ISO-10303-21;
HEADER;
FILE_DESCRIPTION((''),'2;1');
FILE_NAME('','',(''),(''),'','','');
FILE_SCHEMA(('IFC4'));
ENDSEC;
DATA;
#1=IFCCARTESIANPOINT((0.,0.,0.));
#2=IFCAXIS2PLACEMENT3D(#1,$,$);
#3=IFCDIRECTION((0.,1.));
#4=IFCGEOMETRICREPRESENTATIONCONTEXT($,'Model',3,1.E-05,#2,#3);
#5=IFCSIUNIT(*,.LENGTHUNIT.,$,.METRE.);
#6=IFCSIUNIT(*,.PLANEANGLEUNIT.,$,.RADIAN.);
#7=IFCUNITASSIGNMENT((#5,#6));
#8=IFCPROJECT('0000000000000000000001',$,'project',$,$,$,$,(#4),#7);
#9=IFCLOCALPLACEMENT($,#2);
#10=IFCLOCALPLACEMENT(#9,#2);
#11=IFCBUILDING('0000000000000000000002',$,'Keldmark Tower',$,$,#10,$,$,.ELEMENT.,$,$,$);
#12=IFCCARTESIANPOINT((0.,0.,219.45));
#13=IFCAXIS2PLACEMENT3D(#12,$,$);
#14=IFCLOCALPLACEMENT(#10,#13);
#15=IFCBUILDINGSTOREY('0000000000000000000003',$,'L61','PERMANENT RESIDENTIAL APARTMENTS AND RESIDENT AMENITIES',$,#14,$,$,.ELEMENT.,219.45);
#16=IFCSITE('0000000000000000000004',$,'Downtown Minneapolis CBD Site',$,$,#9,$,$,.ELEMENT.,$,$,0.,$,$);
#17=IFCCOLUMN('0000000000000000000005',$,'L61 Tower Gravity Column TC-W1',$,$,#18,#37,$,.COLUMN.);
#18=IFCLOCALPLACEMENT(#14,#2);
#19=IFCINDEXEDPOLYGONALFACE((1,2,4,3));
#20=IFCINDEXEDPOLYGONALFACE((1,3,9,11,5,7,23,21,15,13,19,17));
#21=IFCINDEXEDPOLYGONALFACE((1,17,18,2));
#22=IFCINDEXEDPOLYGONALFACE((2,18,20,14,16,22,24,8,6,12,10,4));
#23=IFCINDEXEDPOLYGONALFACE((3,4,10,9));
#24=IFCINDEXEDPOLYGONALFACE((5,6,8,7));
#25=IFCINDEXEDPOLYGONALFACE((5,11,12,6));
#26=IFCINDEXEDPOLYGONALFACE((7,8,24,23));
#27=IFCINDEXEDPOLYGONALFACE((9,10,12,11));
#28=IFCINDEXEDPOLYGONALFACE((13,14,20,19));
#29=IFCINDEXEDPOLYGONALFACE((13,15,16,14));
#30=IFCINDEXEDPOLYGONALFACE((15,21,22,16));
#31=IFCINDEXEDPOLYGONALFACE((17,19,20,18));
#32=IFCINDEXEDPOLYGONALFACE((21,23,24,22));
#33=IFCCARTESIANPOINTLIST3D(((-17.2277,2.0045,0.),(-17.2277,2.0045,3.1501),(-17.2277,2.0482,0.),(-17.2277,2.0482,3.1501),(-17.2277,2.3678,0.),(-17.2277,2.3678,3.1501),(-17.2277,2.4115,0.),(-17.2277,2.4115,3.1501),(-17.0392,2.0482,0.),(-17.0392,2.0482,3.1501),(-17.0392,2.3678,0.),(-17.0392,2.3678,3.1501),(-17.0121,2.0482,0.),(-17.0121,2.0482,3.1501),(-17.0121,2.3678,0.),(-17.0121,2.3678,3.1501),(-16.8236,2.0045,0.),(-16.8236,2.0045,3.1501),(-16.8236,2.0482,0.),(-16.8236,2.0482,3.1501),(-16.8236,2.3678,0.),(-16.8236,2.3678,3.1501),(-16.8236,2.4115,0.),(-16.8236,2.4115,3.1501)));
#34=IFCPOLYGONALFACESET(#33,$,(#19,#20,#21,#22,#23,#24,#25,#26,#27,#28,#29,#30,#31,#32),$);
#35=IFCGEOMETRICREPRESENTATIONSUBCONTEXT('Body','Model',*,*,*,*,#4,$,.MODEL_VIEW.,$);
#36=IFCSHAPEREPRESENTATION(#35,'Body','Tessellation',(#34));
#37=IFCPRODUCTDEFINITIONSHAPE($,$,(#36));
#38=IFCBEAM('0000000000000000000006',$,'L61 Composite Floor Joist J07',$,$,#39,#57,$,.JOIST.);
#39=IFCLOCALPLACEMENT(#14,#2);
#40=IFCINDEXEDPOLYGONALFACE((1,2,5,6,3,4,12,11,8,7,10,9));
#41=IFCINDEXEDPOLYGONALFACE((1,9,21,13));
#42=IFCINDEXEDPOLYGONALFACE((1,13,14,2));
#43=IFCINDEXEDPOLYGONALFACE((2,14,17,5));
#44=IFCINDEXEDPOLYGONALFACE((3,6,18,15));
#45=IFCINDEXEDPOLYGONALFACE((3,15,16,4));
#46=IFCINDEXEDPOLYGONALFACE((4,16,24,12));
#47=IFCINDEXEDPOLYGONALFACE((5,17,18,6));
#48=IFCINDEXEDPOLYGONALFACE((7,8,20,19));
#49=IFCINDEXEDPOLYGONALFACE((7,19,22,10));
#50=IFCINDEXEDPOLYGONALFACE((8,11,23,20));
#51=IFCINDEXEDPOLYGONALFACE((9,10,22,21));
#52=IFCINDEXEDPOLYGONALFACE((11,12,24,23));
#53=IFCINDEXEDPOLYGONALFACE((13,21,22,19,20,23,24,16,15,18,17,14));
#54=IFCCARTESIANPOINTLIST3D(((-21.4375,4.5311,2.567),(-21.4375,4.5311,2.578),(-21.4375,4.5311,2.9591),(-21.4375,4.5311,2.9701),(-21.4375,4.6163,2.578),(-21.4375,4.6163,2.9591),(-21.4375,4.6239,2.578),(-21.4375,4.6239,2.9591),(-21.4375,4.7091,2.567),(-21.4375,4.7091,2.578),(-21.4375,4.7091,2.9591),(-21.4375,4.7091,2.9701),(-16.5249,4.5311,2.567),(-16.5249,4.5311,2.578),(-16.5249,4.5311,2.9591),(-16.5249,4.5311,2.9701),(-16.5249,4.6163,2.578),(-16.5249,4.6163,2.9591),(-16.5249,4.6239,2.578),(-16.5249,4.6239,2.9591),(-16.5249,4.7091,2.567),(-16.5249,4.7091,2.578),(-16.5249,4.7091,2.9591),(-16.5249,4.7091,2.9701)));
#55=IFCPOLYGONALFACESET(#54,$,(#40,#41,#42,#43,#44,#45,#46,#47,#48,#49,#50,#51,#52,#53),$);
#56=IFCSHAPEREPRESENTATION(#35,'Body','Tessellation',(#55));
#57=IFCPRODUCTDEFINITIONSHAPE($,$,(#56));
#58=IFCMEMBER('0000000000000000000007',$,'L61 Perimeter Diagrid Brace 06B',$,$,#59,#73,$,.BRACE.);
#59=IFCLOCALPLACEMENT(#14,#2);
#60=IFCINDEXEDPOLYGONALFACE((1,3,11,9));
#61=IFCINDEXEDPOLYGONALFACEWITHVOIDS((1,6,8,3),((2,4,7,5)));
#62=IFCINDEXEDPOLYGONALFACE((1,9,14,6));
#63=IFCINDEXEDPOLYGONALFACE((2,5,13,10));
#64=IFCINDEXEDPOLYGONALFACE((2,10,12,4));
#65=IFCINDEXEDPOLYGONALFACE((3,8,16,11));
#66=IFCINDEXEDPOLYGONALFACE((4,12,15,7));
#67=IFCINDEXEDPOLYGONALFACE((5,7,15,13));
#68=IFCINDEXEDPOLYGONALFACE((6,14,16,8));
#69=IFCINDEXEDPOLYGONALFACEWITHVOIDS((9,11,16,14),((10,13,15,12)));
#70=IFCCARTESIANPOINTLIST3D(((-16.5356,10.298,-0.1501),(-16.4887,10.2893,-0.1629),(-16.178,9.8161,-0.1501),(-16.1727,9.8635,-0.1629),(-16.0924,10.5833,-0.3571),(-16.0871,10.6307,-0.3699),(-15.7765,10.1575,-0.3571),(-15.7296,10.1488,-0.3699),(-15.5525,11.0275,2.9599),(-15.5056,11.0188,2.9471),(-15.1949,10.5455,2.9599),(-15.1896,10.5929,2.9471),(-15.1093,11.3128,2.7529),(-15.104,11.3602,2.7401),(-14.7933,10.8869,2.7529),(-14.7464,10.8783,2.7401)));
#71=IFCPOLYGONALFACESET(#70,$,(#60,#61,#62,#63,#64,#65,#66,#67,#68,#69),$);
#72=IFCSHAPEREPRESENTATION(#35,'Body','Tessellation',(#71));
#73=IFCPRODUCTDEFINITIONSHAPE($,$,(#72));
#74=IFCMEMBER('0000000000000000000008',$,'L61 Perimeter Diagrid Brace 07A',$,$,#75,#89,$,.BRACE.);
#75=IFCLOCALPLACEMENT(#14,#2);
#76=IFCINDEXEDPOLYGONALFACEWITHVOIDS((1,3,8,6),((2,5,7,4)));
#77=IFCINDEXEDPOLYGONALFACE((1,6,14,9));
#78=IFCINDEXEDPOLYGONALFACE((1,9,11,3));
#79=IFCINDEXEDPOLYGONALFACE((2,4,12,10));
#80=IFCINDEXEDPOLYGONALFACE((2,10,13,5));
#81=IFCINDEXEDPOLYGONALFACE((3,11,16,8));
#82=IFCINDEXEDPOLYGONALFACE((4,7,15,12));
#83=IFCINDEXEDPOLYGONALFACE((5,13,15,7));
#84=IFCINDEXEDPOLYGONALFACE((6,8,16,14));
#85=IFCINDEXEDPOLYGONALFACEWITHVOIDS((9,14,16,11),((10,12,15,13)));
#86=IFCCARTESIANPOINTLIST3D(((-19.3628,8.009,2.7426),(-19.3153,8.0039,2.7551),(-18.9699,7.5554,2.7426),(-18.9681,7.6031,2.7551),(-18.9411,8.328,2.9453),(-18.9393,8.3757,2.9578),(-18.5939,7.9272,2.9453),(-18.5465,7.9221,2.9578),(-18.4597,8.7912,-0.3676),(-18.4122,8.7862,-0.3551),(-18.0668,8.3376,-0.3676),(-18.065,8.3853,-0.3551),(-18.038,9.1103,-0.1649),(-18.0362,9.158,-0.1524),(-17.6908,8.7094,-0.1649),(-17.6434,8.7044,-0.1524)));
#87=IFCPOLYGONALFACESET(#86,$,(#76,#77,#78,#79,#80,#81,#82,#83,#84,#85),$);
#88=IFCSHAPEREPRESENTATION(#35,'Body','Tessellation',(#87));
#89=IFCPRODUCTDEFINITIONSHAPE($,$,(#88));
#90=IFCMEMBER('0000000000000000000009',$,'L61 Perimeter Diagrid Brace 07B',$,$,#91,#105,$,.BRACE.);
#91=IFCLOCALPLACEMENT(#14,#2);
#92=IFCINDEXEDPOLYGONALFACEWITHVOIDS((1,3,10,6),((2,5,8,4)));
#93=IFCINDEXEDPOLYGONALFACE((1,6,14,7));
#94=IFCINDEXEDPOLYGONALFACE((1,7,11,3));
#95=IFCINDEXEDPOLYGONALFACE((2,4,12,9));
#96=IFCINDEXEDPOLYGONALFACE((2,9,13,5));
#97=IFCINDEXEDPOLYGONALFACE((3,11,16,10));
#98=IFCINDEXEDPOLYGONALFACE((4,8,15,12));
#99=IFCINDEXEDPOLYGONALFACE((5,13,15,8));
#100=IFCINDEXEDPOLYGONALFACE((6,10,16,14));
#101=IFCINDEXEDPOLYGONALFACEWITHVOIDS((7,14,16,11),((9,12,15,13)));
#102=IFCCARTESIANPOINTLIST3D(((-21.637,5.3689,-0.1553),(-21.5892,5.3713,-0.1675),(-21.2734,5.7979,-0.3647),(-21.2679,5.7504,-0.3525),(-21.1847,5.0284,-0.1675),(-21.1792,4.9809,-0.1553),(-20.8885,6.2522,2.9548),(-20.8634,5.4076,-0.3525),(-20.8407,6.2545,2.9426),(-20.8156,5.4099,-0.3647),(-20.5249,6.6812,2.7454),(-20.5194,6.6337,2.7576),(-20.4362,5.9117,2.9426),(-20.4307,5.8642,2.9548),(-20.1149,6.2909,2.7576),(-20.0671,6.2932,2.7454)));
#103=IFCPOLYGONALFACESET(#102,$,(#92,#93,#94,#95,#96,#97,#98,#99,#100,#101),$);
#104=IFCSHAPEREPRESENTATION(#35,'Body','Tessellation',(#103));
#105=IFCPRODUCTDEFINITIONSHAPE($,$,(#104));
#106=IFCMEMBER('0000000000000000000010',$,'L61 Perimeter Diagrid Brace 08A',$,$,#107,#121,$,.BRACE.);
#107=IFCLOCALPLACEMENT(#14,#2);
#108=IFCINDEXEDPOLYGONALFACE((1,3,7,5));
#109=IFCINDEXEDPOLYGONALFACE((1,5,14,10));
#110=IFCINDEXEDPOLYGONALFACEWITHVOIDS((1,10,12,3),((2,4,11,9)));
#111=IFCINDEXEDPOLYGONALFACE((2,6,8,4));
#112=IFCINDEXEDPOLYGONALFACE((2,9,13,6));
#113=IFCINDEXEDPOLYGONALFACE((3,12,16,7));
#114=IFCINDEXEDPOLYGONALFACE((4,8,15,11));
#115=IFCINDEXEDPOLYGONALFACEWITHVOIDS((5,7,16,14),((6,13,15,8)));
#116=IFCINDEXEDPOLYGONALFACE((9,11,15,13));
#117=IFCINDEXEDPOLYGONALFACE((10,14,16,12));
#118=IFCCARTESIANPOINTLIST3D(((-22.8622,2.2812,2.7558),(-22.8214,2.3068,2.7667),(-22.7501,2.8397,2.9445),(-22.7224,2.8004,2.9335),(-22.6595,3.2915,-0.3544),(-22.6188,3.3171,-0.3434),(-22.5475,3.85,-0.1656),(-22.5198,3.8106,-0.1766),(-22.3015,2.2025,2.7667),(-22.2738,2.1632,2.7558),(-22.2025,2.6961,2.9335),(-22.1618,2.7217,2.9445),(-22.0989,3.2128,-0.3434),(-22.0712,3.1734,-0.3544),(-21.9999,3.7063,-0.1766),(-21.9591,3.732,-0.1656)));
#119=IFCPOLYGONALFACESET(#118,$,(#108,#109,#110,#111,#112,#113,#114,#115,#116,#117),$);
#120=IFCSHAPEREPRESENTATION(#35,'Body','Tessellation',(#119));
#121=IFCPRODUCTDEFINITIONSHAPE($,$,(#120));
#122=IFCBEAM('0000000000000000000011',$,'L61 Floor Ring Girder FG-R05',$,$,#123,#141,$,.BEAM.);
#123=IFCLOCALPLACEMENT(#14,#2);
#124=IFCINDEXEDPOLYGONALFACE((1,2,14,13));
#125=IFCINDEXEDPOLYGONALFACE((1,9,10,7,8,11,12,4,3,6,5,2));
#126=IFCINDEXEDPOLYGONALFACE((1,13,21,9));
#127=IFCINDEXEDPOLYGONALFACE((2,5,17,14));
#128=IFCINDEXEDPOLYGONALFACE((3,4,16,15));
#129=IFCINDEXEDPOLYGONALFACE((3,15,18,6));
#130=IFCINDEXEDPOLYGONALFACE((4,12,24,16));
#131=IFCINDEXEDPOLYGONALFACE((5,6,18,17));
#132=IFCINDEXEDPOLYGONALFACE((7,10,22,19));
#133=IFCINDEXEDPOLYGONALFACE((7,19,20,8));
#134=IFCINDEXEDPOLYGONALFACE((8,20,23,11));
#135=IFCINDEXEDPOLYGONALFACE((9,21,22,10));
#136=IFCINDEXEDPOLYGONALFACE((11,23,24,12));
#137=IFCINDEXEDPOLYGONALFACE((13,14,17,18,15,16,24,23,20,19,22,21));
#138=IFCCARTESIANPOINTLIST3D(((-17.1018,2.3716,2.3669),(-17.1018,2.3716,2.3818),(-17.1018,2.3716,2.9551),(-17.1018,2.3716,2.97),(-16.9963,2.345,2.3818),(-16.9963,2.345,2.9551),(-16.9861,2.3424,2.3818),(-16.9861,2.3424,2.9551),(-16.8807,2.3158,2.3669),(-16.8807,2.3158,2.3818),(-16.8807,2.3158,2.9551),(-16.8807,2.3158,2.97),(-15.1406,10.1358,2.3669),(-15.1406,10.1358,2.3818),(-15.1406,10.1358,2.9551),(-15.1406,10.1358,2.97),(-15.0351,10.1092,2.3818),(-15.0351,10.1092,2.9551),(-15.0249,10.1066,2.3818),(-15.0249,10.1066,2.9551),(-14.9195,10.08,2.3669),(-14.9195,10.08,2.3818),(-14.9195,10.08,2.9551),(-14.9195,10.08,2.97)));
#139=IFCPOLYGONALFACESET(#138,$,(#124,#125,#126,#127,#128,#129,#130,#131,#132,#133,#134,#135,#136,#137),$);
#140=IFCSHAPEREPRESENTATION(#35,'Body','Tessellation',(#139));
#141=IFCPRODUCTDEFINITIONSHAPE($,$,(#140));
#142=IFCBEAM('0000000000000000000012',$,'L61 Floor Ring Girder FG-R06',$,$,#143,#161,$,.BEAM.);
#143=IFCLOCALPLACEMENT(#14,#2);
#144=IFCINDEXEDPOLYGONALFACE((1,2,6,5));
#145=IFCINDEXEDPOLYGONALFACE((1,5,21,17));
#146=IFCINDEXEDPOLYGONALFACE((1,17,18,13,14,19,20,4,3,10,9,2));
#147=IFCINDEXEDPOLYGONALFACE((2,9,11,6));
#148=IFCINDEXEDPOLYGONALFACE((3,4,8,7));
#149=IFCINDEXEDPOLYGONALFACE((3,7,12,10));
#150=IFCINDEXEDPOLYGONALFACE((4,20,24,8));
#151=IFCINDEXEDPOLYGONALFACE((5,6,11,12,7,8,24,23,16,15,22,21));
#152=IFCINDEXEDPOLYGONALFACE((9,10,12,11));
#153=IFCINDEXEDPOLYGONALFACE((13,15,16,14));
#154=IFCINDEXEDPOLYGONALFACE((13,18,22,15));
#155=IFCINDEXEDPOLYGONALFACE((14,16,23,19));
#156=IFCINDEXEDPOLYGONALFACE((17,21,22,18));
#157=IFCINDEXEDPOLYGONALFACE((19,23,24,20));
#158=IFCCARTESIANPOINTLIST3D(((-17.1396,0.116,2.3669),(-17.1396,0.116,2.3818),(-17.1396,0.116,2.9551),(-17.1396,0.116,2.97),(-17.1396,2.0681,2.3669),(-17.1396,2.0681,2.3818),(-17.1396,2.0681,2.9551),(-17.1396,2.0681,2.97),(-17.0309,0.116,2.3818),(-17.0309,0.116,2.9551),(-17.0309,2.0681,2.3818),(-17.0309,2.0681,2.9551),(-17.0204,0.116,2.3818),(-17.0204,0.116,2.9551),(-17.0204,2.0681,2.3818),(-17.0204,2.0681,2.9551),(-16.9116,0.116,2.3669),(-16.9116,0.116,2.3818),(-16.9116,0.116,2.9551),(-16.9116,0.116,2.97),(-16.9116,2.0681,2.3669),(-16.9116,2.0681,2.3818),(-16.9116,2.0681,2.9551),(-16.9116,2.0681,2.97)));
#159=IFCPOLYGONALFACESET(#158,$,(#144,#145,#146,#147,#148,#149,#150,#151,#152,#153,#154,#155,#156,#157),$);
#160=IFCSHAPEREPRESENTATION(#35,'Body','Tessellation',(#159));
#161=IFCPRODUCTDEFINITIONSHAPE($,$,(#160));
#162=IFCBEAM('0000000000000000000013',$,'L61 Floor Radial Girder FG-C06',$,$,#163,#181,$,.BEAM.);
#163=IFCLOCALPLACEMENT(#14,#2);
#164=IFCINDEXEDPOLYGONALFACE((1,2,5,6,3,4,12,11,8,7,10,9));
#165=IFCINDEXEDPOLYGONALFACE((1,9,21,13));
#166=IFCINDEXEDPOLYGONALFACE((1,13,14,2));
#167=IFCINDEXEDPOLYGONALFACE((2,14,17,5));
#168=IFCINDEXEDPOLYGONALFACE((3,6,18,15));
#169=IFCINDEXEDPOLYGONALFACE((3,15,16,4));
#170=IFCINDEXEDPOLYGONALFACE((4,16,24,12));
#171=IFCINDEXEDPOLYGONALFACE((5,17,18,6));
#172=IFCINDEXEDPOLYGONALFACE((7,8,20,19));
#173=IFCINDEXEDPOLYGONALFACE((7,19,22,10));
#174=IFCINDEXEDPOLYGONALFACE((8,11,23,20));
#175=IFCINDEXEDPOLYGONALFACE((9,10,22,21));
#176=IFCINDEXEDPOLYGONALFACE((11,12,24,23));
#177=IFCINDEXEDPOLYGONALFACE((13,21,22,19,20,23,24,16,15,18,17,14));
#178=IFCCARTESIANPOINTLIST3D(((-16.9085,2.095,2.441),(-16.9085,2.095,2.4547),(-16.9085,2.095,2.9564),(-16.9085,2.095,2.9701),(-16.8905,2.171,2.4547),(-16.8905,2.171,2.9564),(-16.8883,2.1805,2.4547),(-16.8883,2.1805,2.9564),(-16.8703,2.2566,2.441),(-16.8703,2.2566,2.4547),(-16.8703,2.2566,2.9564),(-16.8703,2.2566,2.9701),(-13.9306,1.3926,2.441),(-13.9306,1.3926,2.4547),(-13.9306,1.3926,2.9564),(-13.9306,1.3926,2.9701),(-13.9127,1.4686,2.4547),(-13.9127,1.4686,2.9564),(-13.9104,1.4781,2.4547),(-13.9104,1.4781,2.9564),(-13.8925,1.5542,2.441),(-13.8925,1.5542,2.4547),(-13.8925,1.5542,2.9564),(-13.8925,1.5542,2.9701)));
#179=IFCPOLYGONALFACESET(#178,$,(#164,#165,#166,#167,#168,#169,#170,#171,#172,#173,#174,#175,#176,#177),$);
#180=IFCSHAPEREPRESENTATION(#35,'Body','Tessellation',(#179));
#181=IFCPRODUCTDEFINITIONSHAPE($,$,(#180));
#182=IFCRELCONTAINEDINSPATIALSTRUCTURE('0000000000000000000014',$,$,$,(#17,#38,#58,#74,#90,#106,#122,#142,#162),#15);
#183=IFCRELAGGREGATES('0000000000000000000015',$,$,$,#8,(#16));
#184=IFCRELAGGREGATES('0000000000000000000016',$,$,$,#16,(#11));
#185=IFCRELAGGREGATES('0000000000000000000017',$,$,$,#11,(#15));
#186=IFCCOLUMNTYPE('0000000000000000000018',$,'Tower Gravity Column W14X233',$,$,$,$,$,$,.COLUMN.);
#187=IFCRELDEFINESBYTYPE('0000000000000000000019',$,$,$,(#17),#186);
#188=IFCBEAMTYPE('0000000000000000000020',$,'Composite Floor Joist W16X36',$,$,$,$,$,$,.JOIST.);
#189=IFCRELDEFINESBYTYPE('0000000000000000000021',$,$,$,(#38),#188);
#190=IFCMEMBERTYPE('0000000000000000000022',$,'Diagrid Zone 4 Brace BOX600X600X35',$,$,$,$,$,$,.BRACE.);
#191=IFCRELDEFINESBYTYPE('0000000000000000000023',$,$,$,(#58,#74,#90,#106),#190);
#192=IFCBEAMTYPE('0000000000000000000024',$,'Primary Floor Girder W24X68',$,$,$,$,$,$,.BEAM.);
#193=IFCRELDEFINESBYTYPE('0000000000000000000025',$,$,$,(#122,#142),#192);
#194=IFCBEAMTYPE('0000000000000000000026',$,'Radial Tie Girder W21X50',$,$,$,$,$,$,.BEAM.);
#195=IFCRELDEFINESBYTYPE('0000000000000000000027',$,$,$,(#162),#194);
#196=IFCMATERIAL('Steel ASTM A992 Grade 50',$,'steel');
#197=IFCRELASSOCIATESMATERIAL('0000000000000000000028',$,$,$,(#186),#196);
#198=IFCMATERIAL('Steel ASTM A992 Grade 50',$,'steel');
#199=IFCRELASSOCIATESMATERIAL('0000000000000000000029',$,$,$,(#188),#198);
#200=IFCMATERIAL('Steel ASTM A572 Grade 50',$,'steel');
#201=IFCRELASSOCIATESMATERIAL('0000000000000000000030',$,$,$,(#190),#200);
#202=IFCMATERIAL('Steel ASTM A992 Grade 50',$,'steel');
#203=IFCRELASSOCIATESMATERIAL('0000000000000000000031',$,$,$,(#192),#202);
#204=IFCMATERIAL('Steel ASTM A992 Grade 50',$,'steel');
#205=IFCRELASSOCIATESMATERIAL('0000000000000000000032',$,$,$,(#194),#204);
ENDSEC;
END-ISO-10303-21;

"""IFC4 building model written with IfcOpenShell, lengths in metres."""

from ifc_helpers import new_model, si_unit, direction, frame, origin, origin_2d, place, context, subcontext, project, spatial, hollow_rectangle, i_section, extrude, material, material_profile, profile_set, type_object, element, save


model = new_model("IFC4")

# Units and contexts
model_context = context("Model", 3, precision=1e-05, world=origin(), true_north=direction((0.0, 1.0)))
body_context = subcontext(model_context, "Body", "Model", "MODEL_VIEW")
ifc_project = project(units=[si_unit("LENGTHUNIT", "METRE"), si_unit("PLANEANGLEUNIT", "RADIAN")], contexts=[model_context])

# Site, building, storey
site_placement = place(None, origin())
site = spatial("IfcSite", under=ifc_project, at=site_placement, Name="Downtown Minneapolis CBD Site", CompositionType="ELEMENT", RefElevation=0.0)
building_placement = place(site_placement, origin())
building = spatial("IfcBuilding", under=site, at=building_placement, Name="Keldmark Tower", CompositionType="ELEMENT")
storey_placement = place(building_placement, frame((0.0, 0.0, 219.45)))
storey = spatial("IfcBuildingStorey", under=building, at=storey_placement, Name="L61", Description="PERMANENT RESIDENTIAL APARTMENTS AND RESIDENT AMENITIES", CompositionType="ELEMENT", Elevation=219.45)

# Column
ifc_material_1 = material(Name="Steel ASTM A992 Grade 50", Category="steel")
ifc_material_profile_1 = material_profile(ifc_material_1, i_section(OverallWidth=0.4041, OverallDepth=0.407, WebThickness=0.0271, FlangeThickness=0.0437, at=origin_2d()), Name="W14X233")
ifc_profile_set_1 = profile_set([ifc_material_profile_1], Name="Steel ASTM A992 Grade 50")
column_type = type_object("IfcColumnType", Name="Tower Gravity Column W14X233", PredefinedType="COLUMN", material=ifc_profile_set_1)
column_placement = place(storey_placement, frame((-17.0256, 2.208, 0.0), z_axis=(0.0, 0.0, 1.0), x_axis=(1.0, 0.0, 0.0)))
element("IfcColumn", 1, at=column_placement, inside=storey, type_object=column_type, Name="L61 Tower Gravity Column TC-W1", PredefinedType="COLUMN", context=body_context, shape_type="SweptSolid", body=[
    extrude(i_section(OverallWidth=0.4041, OverallDepth=0.407, WebThickness=0.0271, FlangeThickness=0.0437, at=origin_2d()), origin(), (0.0, 0.0, 1.0), 3.1501),
])

# Beam
ifc_material_2 = material(Name="Steel ASTM A992 Grade 50", Category="steel")
ifc_material_profile_2 = material_profile(ifc_material_2, i_section(OverallWidth=0.178, OverallDepth=0.4031, WebThickness=0.0076, FlangeThickness=0.011, at=origin_2d()), Name="W16X36")
ifc_profile_set_2 = profile_set([ifc_material_profile_2], Name="Steel ASTM A992 Grade 50")
beam_type_1 = type_object("IfcBeamType", Name="Composite Floor Joist W16X36", PredefinedType="JOIST", material=ifc_profile_set_2)
beam_1_placement = place(storey_placement, frame((-21.4375, 4.6201, 2.7686), z_axis=(1.0, 0.0, 0.0), x_axis=(0.0, 1.0, 0.0)))
element("IfcBeam", 2, at=beam_1_placement, inside=storey, type_object=beam_type_1, Name="L61 Composite Floor Joist J07", PredefinedType="JOIST", context=body_context, shape_type="SweptSolid", body=[
    extrude(i_section(OverallWidth=0.178, OverallDepth=0.4031, WebThickness=0.0076, FlangeThickness=0.011, at=origin_2d()), origin(), (0.0, 0.0, 1.0), 4.9126),
])

# Members
ifc_material_3 = material(Name="Steel ASTM A572 Grade 50", Category="steel")
ifc_material_profile_3 = material_profile(ifc_material_3, hollow_rectangle(XDim=0.6001, YDim=0.6001, WallThickness=0.0349, at=origin_2d()), Name="BOX600X600X35")
ifc_profile_set_3 = profile_set([ifc_material_profile_3], Name="Steel ASTM A572 Grade 50")
member_type = type_object("IfcMemberType", Name="Diagrid Zone 4 Brace BOX600X600X35", PredefinedType="BRACE", material=ifc_profile_set_3)
member_1_placement = place(storey_placement, frame((-16.1326, 10.2234, -0.26), z_axis=(0.294148, 0.218255, 0.930506), x_axis=(-0.595876, 0.803076, 0.0)))
element("IfcMember", 3, at=member_1_placement, inside=storey, type_object=member_type, Name="L61 Perimeter Diagrid Brace 06B", PredefinedType="BRACE", context=body_context, shape_type="SweptSolid", body=[
    extrude(hollow_rectangle(XDim=0.6001, YDim=0.6001, WallThickness=0.0349, at=origin_2d()), origin(), (0.0, 0.0, 1.0), 3.3423),
])
member_2_placement = place(storey_placement, frame((-18.0515, 8.7478, -0.26), z_axis=(-0.271056, -0.234783, 0.933491), x_axis=(0.65472, -0.755871, 0.0)))
element("IfcMember", 4, at=member_2_placement, inside=storey, type_object=member_type, Name="L61 Perimeter Diagrid Brace 07A", PredefinedType="BRACE", context=body_context, shape_type="SweptSolid", body=[
    extrude(hollow_rectangle(XDim=0.6001, YDim=0.6001, WallThickness=0.0349, at=origin_2d()), origin(), (0.0, 0.0, 1.0), 3.3318),
])
member_3_placement = place(storey_placement, frame((-21.2263, 5.3894, -0.26), z_axis=(0.225556, 0.266164, 0.937167), x_axis=(-0.762906, 0.646509, 0.0)))
element("IfcMember", 5, at=member_3_placement, inside=storey, type_object=member_type, Name="L61 Perimeter Diagrid Brace 07B", PredefinedType="BRACE", context=body_context, shape_type="SweptSolid", body=[
    extrude(hollow_rectangle(XDim=0.6001, YDim=0.6001, WallThickness=0.0349, at=origin_2d()), origin(), (0.0, 0.0, 1.0), 3.3186),
])
member_4_placement = place(storey_placement, frame((-22.3093, 3.5117, -0.26), z_axis=(-0.061848, -0.308348, 0.949261), x_axis=(0.980471, -0.196663, 0.0)))
element("IfcMember", 6, at=member_4_placement, inside=storey, type_object=member_type, Name="L61 Perimeter Diagrid Brace 08A", PredefinedType="BRACE", context=body_context, shape_type="SweptSolid", body=[
    extrude(hollow_rectangle(XDim=0.6001, YDim=0.6001, WallThickness=0.0349, at=origin_2d()), origin(), (0.0, 0.0, 1.0), 3.2764),
])

# Beams
ifc_material_4 = material(Name="Steel ASTM A992 Grade 50", Category="steel")
ifc_material_profile_4 = material_profile(ifc_material_4, i_section(OverallWidth=0.228, OverallDepth=0.603, WebThickness=0.0105, FlangeThickness=0.0149, at=origin_2d()), Name="W24X68")
ifc_profile_set_4 = profile_set([ifc_material_profile_4], Name="Steel ASTM A992 Grade 50")
beam_type_2 = type_object("IfcBeamType", Name="Primary Floor Girder W24X68", PredefinedType="BEAM", material=ifc_profile_set_4)
beam_2_placement = place(storey_placement, frame((-15.03, 10.1079, 2.6685), z_axis=(-0.244902, -0.969548, 0.0), x_axis=(0.969548, -0.244902, 0.0)))
element("IfcBeam", 7, at=beam_2_placement, inside=storey, type_object=beam_type_2, Name="L61 Floor Ring Girder FG-R05", PredefinedType="BEAM", context=body_context, shape_type="SweptSolid", body=[
    extrude(i_section(OverallWidth=0.228, OverallDepth=0.603, WebThickness=0.0105, FlangeThickness=0.0149, at=origin_2d()), origin(), (0.0, 0.0, 1.0), 8.0081),
])
beam_3_placement = place(storey_placement, frame((-17.0256, 2.0681, 2.6685), z_axis=(0.0, -1.0, 0.0), x_axis=(1.0, 0.0, 0.0)))
element("IfcBeam", 8, at=beam_3_placement, inside=storey, type_object=beam_type_2, Name="L61 Floor Ring Girder FG-R06", PredefinedType="BEAM", context=body_context, shape_type="SweptSolid", body=[
    extrude(i_section(OverallWidth=0.228, OverallDepth=0.603, WebThickness=0.0105, FlangeThickness=0.0149, at=origin_2d()), origin(), (0.0, 0.0, 1.0), 1.9521),
])
ifc_material_5 = material(Name="Steel ASTM A992 Grade 50", Category="steel")
ifc_material_profile_5 = material_profile(ifc_material_5, i_section(OverallWidth=0.166, OverallDepth=0.5291, WebThickness=0.0098, FlangeThickness=0.0137, at=origin_2d()), Name="W21X50")
ifc_profile_set_5 = profile_set([ifc_material_profile_5], Name="Steel ASTM A992 Grade 50")
beam_type_3 = type_object("IfcBeamType", Name="Radial Tie Girder W21X50", PredefinedType="BEAM", material=ifc_profile_set_5)
beam_4_placement = place(storey_placement, frame((-16.8894, 2.1758, 2.7056), z_axis=(0.97329, -0.229577, 0.0), x_axis=(0.229577, 0.97329, 0.0)))
element("IfcBeam", 9, at=beam_4_placement, inside=storey, type_object=beam_type_3, Name="L61 Floor Radial Girder FG-C06", PredefinedType="BEAM", context=body_context, shape_type="SweptSolid", body=[
    extrude(i_section(OverallWidth=0.166, OverallDepth=0.5291, WebThickness=0.0098, FlangeThickness=0.0137, at=origin_2d()), origin(), (0.0, 0.0, 1.0), 3.0596),
])

save(model, "model.ifc")
